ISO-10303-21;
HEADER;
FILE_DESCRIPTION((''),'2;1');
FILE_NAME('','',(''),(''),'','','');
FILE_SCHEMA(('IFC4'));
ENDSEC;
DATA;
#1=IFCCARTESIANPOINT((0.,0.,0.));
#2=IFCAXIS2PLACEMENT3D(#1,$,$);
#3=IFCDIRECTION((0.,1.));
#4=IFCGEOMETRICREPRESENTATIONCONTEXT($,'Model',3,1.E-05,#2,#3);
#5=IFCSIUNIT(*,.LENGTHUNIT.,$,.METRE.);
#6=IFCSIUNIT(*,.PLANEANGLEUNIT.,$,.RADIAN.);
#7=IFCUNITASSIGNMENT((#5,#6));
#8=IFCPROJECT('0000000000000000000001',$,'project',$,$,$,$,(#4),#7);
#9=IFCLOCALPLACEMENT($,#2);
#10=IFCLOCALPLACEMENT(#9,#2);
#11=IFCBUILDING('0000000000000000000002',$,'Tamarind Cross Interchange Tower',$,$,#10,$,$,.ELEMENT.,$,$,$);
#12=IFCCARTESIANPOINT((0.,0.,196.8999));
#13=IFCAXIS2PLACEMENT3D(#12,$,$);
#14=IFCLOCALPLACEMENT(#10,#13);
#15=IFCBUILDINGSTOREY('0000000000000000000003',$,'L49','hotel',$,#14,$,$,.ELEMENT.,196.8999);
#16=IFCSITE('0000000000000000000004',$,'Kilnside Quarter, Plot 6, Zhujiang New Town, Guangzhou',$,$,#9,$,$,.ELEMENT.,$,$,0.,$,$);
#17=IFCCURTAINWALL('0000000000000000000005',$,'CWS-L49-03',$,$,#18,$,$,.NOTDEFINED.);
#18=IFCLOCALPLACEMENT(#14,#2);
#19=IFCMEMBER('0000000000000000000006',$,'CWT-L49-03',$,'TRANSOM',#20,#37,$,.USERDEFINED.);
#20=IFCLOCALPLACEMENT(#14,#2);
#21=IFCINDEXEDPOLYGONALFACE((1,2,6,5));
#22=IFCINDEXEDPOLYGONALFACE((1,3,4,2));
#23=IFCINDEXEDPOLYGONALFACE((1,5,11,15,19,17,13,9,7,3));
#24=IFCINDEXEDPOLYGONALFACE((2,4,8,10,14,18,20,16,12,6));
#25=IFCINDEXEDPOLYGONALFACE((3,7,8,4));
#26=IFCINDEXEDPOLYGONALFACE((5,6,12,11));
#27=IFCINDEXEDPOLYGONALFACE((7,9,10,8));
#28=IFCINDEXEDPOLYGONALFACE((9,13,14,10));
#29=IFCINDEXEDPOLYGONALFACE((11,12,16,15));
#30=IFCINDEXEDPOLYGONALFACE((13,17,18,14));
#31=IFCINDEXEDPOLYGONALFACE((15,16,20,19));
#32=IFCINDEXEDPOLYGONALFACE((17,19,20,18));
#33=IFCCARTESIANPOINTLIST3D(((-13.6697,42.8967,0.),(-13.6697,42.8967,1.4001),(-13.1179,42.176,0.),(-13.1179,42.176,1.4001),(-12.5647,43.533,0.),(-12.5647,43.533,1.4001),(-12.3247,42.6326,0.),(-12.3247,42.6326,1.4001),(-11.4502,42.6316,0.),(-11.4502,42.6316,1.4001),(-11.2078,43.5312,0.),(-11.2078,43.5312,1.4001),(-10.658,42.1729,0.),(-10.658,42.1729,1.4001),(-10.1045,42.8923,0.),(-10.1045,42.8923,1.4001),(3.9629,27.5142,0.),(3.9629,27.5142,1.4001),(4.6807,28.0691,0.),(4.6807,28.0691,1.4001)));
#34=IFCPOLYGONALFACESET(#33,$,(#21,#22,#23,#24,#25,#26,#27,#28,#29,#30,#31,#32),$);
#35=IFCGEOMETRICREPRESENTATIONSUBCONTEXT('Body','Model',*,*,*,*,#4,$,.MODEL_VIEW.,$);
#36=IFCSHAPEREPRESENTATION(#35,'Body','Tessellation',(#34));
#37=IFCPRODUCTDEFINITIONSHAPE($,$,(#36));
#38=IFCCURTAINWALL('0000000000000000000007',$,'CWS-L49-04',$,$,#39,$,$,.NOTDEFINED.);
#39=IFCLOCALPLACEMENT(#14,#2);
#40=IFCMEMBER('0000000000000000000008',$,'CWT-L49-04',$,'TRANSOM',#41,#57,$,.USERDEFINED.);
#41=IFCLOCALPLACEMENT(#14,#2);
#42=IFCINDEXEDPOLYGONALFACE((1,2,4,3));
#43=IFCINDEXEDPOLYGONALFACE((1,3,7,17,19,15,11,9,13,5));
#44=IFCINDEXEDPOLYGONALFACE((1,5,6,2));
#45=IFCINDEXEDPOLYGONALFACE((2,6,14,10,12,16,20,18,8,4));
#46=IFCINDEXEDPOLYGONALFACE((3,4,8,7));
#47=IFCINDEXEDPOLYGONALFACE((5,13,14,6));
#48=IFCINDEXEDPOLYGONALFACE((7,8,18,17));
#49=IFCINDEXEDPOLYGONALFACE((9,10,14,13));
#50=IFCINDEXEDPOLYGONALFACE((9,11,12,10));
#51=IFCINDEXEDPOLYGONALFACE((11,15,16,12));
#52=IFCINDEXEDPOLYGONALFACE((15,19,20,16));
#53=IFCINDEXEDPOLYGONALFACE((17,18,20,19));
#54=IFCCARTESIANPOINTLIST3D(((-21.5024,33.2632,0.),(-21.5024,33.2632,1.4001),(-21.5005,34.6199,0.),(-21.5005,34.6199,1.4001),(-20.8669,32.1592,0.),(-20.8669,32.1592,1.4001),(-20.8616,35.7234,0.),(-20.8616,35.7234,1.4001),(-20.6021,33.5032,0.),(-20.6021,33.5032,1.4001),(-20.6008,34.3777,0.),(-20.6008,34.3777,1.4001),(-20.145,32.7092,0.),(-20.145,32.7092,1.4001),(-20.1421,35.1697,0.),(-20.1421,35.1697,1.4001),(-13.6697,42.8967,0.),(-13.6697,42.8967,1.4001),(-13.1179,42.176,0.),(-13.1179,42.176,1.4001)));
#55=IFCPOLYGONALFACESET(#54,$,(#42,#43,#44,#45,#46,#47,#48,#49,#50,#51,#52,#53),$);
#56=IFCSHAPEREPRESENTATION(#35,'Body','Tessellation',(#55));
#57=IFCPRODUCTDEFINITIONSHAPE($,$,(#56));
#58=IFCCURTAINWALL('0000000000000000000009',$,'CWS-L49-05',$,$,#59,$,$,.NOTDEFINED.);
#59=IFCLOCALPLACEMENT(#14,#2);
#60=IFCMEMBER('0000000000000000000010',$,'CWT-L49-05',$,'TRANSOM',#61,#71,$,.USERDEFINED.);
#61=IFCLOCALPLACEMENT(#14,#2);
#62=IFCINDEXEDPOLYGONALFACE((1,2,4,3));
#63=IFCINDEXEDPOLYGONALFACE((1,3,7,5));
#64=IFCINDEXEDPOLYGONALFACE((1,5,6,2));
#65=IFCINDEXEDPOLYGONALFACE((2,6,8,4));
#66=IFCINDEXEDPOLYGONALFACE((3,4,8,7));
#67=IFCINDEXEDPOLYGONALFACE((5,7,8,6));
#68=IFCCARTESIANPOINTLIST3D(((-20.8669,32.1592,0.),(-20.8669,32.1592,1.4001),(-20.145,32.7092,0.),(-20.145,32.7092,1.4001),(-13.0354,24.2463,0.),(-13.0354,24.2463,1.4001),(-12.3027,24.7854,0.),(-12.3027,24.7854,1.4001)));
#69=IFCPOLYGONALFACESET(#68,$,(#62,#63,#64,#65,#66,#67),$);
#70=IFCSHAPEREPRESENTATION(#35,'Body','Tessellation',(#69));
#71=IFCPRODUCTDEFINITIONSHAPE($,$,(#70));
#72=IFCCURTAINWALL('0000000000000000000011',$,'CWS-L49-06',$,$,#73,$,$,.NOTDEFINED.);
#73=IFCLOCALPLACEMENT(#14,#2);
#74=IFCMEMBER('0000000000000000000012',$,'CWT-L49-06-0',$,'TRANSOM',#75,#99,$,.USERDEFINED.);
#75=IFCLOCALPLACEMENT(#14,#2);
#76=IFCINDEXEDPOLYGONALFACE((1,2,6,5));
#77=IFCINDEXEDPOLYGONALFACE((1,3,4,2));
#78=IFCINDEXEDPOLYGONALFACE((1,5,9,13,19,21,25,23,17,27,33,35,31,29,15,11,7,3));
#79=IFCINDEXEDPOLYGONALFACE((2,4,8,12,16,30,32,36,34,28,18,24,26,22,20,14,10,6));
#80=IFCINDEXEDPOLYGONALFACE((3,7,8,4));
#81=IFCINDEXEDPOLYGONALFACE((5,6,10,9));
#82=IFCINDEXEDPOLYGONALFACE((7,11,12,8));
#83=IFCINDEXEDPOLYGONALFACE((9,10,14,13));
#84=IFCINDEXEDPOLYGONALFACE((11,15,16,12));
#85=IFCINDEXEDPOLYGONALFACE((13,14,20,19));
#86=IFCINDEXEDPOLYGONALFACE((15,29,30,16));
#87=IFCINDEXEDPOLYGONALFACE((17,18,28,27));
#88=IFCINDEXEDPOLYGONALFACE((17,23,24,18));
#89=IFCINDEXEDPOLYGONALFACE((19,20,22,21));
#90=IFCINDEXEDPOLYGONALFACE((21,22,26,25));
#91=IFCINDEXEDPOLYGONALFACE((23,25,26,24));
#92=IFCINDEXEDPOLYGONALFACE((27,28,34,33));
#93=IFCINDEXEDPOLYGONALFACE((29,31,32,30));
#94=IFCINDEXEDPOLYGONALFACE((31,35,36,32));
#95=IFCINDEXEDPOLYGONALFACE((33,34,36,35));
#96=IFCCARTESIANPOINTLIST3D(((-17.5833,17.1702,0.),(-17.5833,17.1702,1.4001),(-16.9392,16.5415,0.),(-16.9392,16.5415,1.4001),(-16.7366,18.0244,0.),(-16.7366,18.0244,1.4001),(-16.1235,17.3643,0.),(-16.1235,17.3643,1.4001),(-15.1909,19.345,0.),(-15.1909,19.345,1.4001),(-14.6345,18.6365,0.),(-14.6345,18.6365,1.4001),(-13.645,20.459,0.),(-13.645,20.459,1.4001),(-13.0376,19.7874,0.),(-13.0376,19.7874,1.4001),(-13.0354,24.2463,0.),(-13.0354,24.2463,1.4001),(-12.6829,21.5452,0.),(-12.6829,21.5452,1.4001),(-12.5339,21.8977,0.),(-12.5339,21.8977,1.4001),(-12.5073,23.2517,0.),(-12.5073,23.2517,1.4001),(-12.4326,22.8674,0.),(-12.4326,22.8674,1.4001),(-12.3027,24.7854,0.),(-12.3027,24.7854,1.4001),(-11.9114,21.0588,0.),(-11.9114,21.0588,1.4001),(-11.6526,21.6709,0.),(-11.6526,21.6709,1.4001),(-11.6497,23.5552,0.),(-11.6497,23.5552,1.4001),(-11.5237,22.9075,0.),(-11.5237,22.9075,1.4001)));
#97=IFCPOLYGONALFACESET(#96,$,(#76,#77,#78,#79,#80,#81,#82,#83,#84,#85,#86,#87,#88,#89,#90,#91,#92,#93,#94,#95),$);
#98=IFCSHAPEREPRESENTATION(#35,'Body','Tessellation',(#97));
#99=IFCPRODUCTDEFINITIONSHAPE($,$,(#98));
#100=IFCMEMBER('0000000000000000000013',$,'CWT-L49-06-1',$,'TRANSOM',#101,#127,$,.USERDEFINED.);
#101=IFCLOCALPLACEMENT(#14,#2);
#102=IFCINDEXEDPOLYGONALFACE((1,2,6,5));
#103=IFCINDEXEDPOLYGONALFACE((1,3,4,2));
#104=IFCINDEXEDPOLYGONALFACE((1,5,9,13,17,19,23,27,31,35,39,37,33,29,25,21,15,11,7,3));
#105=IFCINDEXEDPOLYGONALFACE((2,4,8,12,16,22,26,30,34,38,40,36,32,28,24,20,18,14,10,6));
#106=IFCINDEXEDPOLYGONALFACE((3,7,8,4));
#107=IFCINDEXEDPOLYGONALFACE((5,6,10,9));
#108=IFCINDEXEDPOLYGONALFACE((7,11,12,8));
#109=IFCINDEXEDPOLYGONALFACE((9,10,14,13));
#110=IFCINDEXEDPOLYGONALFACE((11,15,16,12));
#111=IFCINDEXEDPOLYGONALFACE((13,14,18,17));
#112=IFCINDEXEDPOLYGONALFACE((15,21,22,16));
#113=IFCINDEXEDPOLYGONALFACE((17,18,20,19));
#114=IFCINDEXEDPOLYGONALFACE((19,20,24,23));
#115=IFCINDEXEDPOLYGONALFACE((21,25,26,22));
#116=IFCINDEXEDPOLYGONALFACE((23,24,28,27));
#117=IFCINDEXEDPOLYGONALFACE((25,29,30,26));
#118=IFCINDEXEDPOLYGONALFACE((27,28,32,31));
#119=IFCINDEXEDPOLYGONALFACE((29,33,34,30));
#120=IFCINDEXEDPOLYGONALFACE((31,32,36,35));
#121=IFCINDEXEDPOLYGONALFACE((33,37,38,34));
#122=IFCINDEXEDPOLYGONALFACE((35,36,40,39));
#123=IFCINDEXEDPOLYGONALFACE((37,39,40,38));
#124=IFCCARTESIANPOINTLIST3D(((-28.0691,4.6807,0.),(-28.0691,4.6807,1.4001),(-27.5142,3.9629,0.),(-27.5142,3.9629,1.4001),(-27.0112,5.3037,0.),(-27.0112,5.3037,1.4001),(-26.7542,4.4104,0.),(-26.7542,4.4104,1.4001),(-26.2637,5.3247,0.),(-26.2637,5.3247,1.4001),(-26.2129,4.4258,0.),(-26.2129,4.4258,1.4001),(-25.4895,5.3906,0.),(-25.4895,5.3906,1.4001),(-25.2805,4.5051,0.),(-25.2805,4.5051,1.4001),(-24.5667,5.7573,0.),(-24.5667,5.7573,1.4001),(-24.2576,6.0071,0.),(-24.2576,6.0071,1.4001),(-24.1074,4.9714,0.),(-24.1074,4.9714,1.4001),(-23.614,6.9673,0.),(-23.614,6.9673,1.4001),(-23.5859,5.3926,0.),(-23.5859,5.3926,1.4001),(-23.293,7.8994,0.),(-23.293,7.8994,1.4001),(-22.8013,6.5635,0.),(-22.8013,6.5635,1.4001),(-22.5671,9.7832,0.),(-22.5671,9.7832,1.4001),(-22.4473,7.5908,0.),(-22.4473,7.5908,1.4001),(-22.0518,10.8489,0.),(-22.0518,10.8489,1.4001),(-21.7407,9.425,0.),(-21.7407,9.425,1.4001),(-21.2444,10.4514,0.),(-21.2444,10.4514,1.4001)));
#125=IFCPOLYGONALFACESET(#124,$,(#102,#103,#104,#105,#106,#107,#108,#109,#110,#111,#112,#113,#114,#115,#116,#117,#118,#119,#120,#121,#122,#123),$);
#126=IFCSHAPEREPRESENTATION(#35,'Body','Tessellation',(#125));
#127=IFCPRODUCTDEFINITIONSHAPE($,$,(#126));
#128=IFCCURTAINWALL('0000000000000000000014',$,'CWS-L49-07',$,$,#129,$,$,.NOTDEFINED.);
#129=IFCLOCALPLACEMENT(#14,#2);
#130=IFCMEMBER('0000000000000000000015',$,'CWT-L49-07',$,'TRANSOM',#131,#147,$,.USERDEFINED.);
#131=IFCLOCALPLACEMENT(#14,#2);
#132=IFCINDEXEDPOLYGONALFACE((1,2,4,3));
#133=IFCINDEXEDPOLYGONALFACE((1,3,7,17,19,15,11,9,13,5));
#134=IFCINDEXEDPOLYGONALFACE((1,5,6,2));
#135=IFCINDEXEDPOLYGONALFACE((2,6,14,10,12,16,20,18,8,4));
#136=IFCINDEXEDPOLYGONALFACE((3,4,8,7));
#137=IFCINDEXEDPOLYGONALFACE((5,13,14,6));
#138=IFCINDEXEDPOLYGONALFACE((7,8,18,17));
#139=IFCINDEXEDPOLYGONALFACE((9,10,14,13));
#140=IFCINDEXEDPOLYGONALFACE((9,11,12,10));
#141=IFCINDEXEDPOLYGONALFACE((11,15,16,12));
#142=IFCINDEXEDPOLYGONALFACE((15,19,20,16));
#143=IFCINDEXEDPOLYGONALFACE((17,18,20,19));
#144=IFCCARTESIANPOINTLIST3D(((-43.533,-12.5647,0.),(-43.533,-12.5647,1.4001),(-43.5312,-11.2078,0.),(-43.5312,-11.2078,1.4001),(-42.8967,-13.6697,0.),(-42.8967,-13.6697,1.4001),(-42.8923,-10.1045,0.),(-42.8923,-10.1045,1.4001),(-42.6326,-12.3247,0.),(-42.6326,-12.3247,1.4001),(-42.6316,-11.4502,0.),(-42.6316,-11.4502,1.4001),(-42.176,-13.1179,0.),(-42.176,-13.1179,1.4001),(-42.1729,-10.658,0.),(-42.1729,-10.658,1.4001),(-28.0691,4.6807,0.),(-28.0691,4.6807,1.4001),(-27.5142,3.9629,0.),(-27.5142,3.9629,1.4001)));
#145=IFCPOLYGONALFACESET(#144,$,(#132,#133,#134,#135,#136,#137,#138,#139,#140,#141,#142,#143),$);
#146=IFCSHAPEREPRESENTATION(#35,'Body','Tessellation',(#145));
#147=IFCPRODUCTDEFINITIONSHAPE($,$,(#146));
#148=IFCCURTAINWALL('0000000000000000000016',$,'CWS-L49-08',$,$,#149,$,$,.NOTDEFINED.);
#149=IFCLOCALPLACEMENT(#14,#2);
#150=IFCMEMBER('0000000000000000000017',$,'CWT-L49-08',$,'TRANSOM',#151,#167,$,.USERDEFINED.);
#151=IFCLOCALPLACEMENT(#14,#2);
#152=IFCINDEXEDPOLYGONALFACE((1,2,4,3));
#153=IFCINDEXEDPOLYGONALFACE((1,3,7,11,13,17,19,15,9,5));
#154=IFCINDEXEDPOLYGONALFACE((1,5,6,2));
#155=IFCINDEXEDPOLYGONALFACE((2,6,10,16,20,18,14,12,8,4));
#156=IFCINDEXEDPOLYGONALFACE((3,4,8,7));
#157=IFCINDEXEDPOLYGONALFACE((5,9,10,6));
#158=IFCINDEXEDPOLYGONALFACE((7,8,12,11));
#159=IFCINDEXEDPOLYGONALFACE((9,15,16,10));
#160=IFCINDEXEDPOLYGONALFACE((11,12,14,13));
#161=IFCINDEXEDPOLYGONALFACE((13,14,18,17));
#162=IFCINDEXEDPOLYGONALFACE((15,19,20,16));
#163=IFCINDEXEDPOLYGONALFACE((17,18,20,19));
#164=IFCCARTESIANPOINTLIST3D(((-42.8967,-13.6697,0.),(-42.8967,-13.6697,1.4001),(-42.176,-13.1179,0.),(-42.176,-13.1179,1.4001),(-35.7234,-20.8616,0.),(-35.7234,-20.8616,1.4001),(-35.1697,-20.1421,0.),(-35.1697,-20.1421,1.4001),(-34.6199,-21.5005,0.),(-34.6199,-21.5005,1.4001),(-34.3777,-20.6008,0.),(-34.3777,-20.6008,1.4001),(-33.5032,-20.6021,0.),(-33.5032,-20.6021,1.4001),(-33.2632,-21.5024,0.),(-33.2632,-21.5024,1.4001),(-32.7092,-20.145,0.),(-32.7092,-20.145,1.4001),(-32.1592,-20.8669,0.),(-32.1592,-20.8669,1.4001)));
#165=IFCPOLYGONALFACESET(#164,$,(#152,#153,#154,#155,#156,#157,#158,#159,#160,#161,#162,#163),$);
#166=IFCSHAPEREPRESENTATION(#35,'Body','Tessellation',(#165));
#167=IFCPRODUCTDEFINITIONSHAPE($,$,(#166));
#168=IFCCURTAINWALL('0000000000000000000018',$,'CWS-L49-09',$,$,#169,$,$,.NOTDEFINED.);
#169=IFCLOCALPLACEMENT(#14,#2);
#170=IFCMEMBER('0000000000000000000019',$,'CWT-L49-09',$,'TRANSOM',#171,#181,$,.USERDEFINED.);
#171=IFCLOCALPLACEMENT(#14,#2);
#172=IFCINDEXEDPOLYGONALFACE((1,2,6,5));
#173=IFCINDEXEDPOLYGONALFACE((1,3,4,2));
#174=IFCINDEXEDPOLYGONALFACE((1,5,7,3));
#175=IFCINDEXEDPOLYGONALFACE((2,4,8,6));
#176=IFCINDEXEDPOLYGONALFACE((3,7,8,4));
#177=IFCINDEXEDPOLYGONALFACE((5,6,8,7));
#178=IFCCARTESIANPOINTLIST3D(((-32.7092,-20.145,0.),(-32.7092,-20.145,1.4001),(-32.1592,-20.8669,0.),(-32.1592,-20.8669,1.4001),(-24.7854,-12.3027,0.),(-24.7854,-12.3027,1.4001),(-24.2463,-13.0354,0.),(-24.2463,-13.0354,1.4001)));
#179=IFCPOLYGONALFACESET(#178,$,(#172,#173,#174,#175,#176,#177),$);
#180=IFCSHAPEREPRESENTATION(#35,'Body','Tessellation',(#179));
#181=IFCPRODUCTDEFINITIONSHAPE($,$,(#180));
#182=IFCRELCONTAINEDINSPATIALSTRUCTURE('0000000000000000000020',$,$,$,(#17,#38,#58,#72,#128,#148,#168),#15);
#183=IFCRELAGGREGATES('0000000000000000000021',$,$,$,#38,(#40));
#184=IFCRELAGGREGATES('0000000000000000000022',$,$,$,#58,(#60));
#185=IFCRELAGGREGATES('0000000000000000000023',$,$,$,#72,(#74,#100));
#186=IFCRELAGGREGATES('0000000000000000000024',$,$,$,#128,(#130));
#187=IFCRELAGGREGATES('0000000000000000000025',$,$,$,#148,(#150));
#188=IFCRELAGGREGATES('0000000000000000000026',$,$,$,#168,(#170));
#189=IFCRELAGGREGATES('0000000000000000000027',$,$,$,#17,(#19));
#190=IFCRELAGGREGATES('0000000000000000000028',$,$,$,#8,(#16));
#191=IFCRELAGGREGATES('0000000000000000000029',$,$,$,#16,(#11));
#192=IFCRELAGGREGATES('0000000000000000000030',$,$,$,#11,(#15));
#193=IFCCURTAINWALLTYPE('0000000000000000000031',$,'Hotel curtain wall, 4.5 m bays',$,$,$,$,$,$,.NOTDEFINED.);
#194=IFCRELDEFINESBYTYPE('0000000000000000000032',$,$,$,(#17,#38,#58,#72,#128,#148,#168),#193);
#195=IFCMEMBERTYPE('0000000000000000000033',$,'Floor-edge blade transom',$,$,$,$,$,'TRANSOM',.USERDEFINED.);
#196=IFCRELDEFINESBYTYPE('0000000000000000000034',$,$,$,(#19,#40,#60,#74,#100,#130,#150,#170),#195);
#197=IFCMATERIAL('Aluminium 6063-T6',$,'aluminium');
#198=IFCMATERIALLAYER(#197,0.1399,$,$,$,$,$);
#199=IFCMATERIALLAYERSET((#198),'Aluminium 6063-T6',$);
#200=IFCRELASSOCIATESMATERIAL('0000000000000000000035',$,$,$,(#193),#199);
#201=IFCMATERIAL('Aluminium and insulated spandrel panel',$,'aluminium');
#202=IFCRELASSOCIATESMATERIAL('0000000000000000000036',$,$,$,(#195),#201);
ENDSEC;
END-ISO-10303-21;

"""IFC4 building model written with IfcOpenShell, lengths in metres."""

from ifc_helpers import new_model, si_unit, direction, frame, origin, place, context, subcontext, project, spatial, polyline, outline, extrude, material, layer, layer_set, type_object, element, aggregate, save


model = new_model("IFC4")

# Units and contexts
model_context = context("Model", 3, precision=1e-05, world=origin(), true_north=direction((0.0, 1.0)))
body_context = subcontext(model_context, "Body", "Model", "MODEL_VIEW")
ifc_project = project(units=[si_unit("LENGTHUNIT", "METRE"), si_unit("PLANEANGLEUNIT", "RADIAN")], contexts=[model_context])

# Site, building, storey
site_placement = place(None, origin())
site = spatial("IfcSite", under=ifc_project, at=site_placement, Name="Kilnside Quarter, Plot 6, Zhujiang New Town, Guangzhou", CompositionType="ELEMENT", RefElevation=0.0)
building_placement = place(site_placement, origin())
building = spatial("IfcBuilding", under=site, at=building_placement, Name="Tamarind Cross Interchange Tower", CompositionType="ELEMENT")
storey_placement = place(building_placement, frame((0.0, 0.0, 196.8999)))
storey = spatial("IfcBuildingStorey", under=building, at=storey_placement, Name="L49", Description="hotel", CompositionType="ELEMENT", Elevation=196.8999)

# Curtain walls, members
ifc_material_1 = material(Name="Aluminium 6063-T6", Category="aluminium")
ifc_layer_1 = layer(ifc_material_1, 0.1399)
ifc_layer_set_1 = layer_set([ifc_layer_1], Name="Aluminium 6063-T6")
curtain_wall_type = type_object("IfcCurtainWallType", Name="Hotel curtain wall, 4.5 m bays", PredefinedType="NOTDEFINED", material=ifc_layer_set_1)
curtain_wall_1_placement = place(storey_placement, origin())
curtain_wall_1 = element("IfcCurtainWall", 1, at=curtain_wall_1_placement, inside=storey, type_object=curtain_wall_type, Name="CWS-L49-03", PredefinedType="NOTDEFINED")
ifc_material_2 = material(Name="Aluminium and insulated spandrel panel", Category="aluminium")
member_type = type_object("IfcMemberType", Name="Floor-edge blade transom", ElementType="TRANSOM", PredefinedType="USERDEFINED", material=ifc_material_2)
member_1_placement = place(storey_placement, origin())
member_1 = element("IfcMember", 2, at=member_1_placement, type_object=member_type, Name="CWT-L49-03", ObjectType="TRANSOM", PredefinedType="USERDEFINED", context=body_context, shape_type="SweptSolid", body=[
    extrude(outline(polyline([(3.9629, 27.5142), (-10.658, 42.1729), (-11.4502, 42.6316), (-12.3247, 42.6326), (-13.1179, 42.176), (-13.6697, 42.8967), (-12.5647, 43.533), (-11.2078, 43.5312), (-10.1045, 42.8923), (4.6807, 28.0691), (3.9629, 27.5142)])), origin(), (0.0, 0.0, 1.0), 1.4001),
])
curtain_wall_2_placement = place(storey_placement, origin())
curtain_wall_2 = element("IfcCurtainWall", 3, at=curtain_wall_2_placement, inside=storey, type_object=curtain_wall_type, Name="CWS-L49-04", PredefinedType="NOTDEFINED")
member_2_placement = place(storey_placement, origin())
member_2 = element("IfcMember", 4, at=member_2_placement, type_object=member_type, Name="CWT-L49-04", ObjectType="TRANSOM", PredefinedType="USERDEFINED", context=body_context, shape_type="SweptSolid", body=[
    extrude(outline(polyline([(-13.1179, 42.176), (-20.1421, 35.1697), (-20.6008, 34.3777), (-20.6021, 33.5032), (-20.145, 32.7092), (-20.8669, 32.1592), (-21.5024, 33.2632), (-21.5005, 34.6199), (-20.8616, 35.7234), (-13.6697, 42.8967), (-13.1179, 42.176)])), origin(), (0.0, 0.0, 1.0), 1.4001),
])
aggregate(curtain_wall_2, [member_2])
curtain_wall_3_placement = place(storey_placement, origin())
curtain_wall_3 = element("IfcCurtainWall", 5, at=curtain_wall_3_placement, inside=storey, type_object=curtain_wall_type, Name="CWS-L49-05", PredefinedType="NOTDEFINED")
member_3_placement = place(storey_placement, origin())
member_3 = element("IfcMember", 6, at=member_3_placement, type_object=member_type, Name="CWT-L49-05", ObjectType="TRANSOM", PredefinedType="USERDEFINED", context=body_context, shape_type="SweptSolid", body=[
    extrude(outline(polyline([(-20.145, 32.7092), (-12.3027, 24.7854), (-13.0354, 24.2463), (-20.8669, 32.1592), (-20.145, 32.7092)])), origin(), (0.0, 0.0, 1.0), 1.4001),
])
aggregate(curtain_wall_3, [member_3])

# Curtain wall, members
curtain_wall_4_placement = place(storey_placement, origin())
curtain_wall_4 = element("IfcCurtainWall", 7, at=curtain_wall_4_placement, inside=storey, type_object=curtain_wall_type, Name="CWS-L49-06", PredefinedType="NOTDEFINED")
member_4_placement = place(storey_placement, origin())
member_4 = element("IfcMember", 8, at=member_4_placement, type_object=member_type, Name="CWT-L49-06-0", ObjectType="TRANSOM", PredefinedType="USERDEFINED", context=body_context, shape_type="SweptSolid", body=[
    extrude(outline(polyline([(-12.3027, 24.7854), (-11.6497, 23.5552), (-11.5237, 22.9075), (-11.6526, 21.6709), (-11.9114, 21.0588), (-13.0376, 19.7874), (-14.6345, 18.6365), (-16.1235, 17.3643), (-16.9392, 16.5415), (-17.5833, 17.1702), (-16.7366, 18.0244), (-15.1909, 19.345), (-13.645, 20.459), (-12.6829, 21.5452), (-12.5339, 21.8977), (-12.4326, 22.8674), (-12.5073, 23.2517), (-13.0354, 24.2463), (-12.3027, 24.7854)])), origin(), (0.0, 0.0, 1.0), 1.4001),
])
member_5_placement = place(storey_placement, origin())
member_5 = element("IfcMember", 9, at=member_5_placement, type_object=member_type, Name="CWT-L49-06-1", ObjectType="TRANSOM", PredefinedType="USERDEFINED", context=body_context, shape_type="SweptSolid", body=[
    extrude(outline(polyline([(-21.2444, 10.4514), (-21.7407, 9.425), (-22.4473, 7.5908), (-22.8013, 6.5635), (-23.5859, 5.3926), (-24.1074, 4.9714), (-25.2805, 4.5051), (-26.2129, 4.4258), (-26.7542, 4.4104), (-27.5142, 3.9629), (-28.0691, 4.6807), (-27.0112, 5.3037), (-26.2637, 5.3247), (-25.4895, 5.3906), (-24.5667, 5.7573), (-24.2576, 6.0071), (-23.614, 6.9673), (-23.293, 7.8994), (-22.5671, 9.7832), (-22.0518, 10.8489), (-21.2444, 10.4514)])), origin(), (0.0, 0.0, 1.0), 1.4001),
])
aggregate(curtain_wall_4, [member_4, member_5])

# Curtain walls, members
curtain_wall_5_placement = place(storey_placement, origin())
curtain_wall_5 = element("IfcCurtainWall", 10, at=curtain_wall_5_placement, inside=storey, type_object=curtain_wall_type, Name="CWS-L49-07", PredefinedType="NOTDEFINED")
member_6_placement = place(storey_placement, origin())
member_6 = element("IfcMember", 11, at=member_6_placement, type_object=member_type, Name="CWT-L49-07", ObjectType="TRANSOM", PredefinedType="USERDEFINED", context=body_context, shape_type="SweptSolid", body=[
    extrude(outline(polyline([(-27.5142, 3.9629), (-42.1729, -10.658), (-42.6316, -11.4502), (-42.6326, -12.3247), (-42.176, -13.1179), (-42.8967, -13.6697), (-43.533, -12.5647), (-43.5312, -11.2078), (-42.8923, -10.1045), (-28.0691, 4.6807), (-27.5142, 3.9629)])), origin(), (0.0, 0.0, 1.0), 1.4001),
])
aggregate(curtain_wall_5, [member_6])
curtain_wall_6_placement = place(storey_placement, origin())
curtain_wall_6 = element("IfcCurtainWall", 12, at=curtain_wall_6_placement, inside=storey, type_object=curtain_wall_type, Name="CWS-L49-08", PredefinedType="NOTDEFINED")
member_7_placement = place(storey_placement, origin())
member_7 = element("IfcMember", 13, at=member_7_placement, type_object=member_type, Name="CWT-L49-08", ObjectType="TRANSOM", PredefinedType="USERDEFINED", context=body_context, shape_type="SweptSolid", body=[
    extrude(outline(polyline([(-42.176, -13.1179), (-35.1697, -20.1421), (-34.3777, -20.6008), (-33.5032, -20.6021), (-32.7092, -20.145), (-32.1592, -20.8669), (-33.2632, -21.5024), (-34.6199, -21.5005), (-35.7234, -20.8616), (-42.8967, -13.6697), (-42.176, -13.1179)])), origin(), (0.0, 0.0, 1.0), 1.4001),
])
aggregate(curtain_wall_6, [member_7])
curtain_wall_7_placement = place(storey_placement, origin())
curtain_wall_7 = element("IfcCurtainWall", 14, at=curtain_wall_7_placement, inside=storey, type_object=curtain_wall_type, Name="CWS-L49-09", PredefinedType="NOTDEFINED")
member_8_placement = place(storey_placement, origin())
member_8 = element("IfcMember", 15, at=member_8_placement, type_object=member_type, Name="CWT-L49-09", ObjectType="TRANSOM", PredefinedType="USERDEFINED", context=body_context, shape_type="SweptSolid", body=[
    extrude(outline(polyline([(-32.7092, -20.145), (-24.7854, -12.3027), (-24.2463, -13.0354), (-32.1592, -20.8669), (-32.7092, -20.145)])), origin(), (0.0, 0.0, 1.0), 1.4001),
])
aggregate(curtain_wall_7, [member_8])

aggregate(curtain_wall_1, [member_1])

save(model, "model.ifc")
